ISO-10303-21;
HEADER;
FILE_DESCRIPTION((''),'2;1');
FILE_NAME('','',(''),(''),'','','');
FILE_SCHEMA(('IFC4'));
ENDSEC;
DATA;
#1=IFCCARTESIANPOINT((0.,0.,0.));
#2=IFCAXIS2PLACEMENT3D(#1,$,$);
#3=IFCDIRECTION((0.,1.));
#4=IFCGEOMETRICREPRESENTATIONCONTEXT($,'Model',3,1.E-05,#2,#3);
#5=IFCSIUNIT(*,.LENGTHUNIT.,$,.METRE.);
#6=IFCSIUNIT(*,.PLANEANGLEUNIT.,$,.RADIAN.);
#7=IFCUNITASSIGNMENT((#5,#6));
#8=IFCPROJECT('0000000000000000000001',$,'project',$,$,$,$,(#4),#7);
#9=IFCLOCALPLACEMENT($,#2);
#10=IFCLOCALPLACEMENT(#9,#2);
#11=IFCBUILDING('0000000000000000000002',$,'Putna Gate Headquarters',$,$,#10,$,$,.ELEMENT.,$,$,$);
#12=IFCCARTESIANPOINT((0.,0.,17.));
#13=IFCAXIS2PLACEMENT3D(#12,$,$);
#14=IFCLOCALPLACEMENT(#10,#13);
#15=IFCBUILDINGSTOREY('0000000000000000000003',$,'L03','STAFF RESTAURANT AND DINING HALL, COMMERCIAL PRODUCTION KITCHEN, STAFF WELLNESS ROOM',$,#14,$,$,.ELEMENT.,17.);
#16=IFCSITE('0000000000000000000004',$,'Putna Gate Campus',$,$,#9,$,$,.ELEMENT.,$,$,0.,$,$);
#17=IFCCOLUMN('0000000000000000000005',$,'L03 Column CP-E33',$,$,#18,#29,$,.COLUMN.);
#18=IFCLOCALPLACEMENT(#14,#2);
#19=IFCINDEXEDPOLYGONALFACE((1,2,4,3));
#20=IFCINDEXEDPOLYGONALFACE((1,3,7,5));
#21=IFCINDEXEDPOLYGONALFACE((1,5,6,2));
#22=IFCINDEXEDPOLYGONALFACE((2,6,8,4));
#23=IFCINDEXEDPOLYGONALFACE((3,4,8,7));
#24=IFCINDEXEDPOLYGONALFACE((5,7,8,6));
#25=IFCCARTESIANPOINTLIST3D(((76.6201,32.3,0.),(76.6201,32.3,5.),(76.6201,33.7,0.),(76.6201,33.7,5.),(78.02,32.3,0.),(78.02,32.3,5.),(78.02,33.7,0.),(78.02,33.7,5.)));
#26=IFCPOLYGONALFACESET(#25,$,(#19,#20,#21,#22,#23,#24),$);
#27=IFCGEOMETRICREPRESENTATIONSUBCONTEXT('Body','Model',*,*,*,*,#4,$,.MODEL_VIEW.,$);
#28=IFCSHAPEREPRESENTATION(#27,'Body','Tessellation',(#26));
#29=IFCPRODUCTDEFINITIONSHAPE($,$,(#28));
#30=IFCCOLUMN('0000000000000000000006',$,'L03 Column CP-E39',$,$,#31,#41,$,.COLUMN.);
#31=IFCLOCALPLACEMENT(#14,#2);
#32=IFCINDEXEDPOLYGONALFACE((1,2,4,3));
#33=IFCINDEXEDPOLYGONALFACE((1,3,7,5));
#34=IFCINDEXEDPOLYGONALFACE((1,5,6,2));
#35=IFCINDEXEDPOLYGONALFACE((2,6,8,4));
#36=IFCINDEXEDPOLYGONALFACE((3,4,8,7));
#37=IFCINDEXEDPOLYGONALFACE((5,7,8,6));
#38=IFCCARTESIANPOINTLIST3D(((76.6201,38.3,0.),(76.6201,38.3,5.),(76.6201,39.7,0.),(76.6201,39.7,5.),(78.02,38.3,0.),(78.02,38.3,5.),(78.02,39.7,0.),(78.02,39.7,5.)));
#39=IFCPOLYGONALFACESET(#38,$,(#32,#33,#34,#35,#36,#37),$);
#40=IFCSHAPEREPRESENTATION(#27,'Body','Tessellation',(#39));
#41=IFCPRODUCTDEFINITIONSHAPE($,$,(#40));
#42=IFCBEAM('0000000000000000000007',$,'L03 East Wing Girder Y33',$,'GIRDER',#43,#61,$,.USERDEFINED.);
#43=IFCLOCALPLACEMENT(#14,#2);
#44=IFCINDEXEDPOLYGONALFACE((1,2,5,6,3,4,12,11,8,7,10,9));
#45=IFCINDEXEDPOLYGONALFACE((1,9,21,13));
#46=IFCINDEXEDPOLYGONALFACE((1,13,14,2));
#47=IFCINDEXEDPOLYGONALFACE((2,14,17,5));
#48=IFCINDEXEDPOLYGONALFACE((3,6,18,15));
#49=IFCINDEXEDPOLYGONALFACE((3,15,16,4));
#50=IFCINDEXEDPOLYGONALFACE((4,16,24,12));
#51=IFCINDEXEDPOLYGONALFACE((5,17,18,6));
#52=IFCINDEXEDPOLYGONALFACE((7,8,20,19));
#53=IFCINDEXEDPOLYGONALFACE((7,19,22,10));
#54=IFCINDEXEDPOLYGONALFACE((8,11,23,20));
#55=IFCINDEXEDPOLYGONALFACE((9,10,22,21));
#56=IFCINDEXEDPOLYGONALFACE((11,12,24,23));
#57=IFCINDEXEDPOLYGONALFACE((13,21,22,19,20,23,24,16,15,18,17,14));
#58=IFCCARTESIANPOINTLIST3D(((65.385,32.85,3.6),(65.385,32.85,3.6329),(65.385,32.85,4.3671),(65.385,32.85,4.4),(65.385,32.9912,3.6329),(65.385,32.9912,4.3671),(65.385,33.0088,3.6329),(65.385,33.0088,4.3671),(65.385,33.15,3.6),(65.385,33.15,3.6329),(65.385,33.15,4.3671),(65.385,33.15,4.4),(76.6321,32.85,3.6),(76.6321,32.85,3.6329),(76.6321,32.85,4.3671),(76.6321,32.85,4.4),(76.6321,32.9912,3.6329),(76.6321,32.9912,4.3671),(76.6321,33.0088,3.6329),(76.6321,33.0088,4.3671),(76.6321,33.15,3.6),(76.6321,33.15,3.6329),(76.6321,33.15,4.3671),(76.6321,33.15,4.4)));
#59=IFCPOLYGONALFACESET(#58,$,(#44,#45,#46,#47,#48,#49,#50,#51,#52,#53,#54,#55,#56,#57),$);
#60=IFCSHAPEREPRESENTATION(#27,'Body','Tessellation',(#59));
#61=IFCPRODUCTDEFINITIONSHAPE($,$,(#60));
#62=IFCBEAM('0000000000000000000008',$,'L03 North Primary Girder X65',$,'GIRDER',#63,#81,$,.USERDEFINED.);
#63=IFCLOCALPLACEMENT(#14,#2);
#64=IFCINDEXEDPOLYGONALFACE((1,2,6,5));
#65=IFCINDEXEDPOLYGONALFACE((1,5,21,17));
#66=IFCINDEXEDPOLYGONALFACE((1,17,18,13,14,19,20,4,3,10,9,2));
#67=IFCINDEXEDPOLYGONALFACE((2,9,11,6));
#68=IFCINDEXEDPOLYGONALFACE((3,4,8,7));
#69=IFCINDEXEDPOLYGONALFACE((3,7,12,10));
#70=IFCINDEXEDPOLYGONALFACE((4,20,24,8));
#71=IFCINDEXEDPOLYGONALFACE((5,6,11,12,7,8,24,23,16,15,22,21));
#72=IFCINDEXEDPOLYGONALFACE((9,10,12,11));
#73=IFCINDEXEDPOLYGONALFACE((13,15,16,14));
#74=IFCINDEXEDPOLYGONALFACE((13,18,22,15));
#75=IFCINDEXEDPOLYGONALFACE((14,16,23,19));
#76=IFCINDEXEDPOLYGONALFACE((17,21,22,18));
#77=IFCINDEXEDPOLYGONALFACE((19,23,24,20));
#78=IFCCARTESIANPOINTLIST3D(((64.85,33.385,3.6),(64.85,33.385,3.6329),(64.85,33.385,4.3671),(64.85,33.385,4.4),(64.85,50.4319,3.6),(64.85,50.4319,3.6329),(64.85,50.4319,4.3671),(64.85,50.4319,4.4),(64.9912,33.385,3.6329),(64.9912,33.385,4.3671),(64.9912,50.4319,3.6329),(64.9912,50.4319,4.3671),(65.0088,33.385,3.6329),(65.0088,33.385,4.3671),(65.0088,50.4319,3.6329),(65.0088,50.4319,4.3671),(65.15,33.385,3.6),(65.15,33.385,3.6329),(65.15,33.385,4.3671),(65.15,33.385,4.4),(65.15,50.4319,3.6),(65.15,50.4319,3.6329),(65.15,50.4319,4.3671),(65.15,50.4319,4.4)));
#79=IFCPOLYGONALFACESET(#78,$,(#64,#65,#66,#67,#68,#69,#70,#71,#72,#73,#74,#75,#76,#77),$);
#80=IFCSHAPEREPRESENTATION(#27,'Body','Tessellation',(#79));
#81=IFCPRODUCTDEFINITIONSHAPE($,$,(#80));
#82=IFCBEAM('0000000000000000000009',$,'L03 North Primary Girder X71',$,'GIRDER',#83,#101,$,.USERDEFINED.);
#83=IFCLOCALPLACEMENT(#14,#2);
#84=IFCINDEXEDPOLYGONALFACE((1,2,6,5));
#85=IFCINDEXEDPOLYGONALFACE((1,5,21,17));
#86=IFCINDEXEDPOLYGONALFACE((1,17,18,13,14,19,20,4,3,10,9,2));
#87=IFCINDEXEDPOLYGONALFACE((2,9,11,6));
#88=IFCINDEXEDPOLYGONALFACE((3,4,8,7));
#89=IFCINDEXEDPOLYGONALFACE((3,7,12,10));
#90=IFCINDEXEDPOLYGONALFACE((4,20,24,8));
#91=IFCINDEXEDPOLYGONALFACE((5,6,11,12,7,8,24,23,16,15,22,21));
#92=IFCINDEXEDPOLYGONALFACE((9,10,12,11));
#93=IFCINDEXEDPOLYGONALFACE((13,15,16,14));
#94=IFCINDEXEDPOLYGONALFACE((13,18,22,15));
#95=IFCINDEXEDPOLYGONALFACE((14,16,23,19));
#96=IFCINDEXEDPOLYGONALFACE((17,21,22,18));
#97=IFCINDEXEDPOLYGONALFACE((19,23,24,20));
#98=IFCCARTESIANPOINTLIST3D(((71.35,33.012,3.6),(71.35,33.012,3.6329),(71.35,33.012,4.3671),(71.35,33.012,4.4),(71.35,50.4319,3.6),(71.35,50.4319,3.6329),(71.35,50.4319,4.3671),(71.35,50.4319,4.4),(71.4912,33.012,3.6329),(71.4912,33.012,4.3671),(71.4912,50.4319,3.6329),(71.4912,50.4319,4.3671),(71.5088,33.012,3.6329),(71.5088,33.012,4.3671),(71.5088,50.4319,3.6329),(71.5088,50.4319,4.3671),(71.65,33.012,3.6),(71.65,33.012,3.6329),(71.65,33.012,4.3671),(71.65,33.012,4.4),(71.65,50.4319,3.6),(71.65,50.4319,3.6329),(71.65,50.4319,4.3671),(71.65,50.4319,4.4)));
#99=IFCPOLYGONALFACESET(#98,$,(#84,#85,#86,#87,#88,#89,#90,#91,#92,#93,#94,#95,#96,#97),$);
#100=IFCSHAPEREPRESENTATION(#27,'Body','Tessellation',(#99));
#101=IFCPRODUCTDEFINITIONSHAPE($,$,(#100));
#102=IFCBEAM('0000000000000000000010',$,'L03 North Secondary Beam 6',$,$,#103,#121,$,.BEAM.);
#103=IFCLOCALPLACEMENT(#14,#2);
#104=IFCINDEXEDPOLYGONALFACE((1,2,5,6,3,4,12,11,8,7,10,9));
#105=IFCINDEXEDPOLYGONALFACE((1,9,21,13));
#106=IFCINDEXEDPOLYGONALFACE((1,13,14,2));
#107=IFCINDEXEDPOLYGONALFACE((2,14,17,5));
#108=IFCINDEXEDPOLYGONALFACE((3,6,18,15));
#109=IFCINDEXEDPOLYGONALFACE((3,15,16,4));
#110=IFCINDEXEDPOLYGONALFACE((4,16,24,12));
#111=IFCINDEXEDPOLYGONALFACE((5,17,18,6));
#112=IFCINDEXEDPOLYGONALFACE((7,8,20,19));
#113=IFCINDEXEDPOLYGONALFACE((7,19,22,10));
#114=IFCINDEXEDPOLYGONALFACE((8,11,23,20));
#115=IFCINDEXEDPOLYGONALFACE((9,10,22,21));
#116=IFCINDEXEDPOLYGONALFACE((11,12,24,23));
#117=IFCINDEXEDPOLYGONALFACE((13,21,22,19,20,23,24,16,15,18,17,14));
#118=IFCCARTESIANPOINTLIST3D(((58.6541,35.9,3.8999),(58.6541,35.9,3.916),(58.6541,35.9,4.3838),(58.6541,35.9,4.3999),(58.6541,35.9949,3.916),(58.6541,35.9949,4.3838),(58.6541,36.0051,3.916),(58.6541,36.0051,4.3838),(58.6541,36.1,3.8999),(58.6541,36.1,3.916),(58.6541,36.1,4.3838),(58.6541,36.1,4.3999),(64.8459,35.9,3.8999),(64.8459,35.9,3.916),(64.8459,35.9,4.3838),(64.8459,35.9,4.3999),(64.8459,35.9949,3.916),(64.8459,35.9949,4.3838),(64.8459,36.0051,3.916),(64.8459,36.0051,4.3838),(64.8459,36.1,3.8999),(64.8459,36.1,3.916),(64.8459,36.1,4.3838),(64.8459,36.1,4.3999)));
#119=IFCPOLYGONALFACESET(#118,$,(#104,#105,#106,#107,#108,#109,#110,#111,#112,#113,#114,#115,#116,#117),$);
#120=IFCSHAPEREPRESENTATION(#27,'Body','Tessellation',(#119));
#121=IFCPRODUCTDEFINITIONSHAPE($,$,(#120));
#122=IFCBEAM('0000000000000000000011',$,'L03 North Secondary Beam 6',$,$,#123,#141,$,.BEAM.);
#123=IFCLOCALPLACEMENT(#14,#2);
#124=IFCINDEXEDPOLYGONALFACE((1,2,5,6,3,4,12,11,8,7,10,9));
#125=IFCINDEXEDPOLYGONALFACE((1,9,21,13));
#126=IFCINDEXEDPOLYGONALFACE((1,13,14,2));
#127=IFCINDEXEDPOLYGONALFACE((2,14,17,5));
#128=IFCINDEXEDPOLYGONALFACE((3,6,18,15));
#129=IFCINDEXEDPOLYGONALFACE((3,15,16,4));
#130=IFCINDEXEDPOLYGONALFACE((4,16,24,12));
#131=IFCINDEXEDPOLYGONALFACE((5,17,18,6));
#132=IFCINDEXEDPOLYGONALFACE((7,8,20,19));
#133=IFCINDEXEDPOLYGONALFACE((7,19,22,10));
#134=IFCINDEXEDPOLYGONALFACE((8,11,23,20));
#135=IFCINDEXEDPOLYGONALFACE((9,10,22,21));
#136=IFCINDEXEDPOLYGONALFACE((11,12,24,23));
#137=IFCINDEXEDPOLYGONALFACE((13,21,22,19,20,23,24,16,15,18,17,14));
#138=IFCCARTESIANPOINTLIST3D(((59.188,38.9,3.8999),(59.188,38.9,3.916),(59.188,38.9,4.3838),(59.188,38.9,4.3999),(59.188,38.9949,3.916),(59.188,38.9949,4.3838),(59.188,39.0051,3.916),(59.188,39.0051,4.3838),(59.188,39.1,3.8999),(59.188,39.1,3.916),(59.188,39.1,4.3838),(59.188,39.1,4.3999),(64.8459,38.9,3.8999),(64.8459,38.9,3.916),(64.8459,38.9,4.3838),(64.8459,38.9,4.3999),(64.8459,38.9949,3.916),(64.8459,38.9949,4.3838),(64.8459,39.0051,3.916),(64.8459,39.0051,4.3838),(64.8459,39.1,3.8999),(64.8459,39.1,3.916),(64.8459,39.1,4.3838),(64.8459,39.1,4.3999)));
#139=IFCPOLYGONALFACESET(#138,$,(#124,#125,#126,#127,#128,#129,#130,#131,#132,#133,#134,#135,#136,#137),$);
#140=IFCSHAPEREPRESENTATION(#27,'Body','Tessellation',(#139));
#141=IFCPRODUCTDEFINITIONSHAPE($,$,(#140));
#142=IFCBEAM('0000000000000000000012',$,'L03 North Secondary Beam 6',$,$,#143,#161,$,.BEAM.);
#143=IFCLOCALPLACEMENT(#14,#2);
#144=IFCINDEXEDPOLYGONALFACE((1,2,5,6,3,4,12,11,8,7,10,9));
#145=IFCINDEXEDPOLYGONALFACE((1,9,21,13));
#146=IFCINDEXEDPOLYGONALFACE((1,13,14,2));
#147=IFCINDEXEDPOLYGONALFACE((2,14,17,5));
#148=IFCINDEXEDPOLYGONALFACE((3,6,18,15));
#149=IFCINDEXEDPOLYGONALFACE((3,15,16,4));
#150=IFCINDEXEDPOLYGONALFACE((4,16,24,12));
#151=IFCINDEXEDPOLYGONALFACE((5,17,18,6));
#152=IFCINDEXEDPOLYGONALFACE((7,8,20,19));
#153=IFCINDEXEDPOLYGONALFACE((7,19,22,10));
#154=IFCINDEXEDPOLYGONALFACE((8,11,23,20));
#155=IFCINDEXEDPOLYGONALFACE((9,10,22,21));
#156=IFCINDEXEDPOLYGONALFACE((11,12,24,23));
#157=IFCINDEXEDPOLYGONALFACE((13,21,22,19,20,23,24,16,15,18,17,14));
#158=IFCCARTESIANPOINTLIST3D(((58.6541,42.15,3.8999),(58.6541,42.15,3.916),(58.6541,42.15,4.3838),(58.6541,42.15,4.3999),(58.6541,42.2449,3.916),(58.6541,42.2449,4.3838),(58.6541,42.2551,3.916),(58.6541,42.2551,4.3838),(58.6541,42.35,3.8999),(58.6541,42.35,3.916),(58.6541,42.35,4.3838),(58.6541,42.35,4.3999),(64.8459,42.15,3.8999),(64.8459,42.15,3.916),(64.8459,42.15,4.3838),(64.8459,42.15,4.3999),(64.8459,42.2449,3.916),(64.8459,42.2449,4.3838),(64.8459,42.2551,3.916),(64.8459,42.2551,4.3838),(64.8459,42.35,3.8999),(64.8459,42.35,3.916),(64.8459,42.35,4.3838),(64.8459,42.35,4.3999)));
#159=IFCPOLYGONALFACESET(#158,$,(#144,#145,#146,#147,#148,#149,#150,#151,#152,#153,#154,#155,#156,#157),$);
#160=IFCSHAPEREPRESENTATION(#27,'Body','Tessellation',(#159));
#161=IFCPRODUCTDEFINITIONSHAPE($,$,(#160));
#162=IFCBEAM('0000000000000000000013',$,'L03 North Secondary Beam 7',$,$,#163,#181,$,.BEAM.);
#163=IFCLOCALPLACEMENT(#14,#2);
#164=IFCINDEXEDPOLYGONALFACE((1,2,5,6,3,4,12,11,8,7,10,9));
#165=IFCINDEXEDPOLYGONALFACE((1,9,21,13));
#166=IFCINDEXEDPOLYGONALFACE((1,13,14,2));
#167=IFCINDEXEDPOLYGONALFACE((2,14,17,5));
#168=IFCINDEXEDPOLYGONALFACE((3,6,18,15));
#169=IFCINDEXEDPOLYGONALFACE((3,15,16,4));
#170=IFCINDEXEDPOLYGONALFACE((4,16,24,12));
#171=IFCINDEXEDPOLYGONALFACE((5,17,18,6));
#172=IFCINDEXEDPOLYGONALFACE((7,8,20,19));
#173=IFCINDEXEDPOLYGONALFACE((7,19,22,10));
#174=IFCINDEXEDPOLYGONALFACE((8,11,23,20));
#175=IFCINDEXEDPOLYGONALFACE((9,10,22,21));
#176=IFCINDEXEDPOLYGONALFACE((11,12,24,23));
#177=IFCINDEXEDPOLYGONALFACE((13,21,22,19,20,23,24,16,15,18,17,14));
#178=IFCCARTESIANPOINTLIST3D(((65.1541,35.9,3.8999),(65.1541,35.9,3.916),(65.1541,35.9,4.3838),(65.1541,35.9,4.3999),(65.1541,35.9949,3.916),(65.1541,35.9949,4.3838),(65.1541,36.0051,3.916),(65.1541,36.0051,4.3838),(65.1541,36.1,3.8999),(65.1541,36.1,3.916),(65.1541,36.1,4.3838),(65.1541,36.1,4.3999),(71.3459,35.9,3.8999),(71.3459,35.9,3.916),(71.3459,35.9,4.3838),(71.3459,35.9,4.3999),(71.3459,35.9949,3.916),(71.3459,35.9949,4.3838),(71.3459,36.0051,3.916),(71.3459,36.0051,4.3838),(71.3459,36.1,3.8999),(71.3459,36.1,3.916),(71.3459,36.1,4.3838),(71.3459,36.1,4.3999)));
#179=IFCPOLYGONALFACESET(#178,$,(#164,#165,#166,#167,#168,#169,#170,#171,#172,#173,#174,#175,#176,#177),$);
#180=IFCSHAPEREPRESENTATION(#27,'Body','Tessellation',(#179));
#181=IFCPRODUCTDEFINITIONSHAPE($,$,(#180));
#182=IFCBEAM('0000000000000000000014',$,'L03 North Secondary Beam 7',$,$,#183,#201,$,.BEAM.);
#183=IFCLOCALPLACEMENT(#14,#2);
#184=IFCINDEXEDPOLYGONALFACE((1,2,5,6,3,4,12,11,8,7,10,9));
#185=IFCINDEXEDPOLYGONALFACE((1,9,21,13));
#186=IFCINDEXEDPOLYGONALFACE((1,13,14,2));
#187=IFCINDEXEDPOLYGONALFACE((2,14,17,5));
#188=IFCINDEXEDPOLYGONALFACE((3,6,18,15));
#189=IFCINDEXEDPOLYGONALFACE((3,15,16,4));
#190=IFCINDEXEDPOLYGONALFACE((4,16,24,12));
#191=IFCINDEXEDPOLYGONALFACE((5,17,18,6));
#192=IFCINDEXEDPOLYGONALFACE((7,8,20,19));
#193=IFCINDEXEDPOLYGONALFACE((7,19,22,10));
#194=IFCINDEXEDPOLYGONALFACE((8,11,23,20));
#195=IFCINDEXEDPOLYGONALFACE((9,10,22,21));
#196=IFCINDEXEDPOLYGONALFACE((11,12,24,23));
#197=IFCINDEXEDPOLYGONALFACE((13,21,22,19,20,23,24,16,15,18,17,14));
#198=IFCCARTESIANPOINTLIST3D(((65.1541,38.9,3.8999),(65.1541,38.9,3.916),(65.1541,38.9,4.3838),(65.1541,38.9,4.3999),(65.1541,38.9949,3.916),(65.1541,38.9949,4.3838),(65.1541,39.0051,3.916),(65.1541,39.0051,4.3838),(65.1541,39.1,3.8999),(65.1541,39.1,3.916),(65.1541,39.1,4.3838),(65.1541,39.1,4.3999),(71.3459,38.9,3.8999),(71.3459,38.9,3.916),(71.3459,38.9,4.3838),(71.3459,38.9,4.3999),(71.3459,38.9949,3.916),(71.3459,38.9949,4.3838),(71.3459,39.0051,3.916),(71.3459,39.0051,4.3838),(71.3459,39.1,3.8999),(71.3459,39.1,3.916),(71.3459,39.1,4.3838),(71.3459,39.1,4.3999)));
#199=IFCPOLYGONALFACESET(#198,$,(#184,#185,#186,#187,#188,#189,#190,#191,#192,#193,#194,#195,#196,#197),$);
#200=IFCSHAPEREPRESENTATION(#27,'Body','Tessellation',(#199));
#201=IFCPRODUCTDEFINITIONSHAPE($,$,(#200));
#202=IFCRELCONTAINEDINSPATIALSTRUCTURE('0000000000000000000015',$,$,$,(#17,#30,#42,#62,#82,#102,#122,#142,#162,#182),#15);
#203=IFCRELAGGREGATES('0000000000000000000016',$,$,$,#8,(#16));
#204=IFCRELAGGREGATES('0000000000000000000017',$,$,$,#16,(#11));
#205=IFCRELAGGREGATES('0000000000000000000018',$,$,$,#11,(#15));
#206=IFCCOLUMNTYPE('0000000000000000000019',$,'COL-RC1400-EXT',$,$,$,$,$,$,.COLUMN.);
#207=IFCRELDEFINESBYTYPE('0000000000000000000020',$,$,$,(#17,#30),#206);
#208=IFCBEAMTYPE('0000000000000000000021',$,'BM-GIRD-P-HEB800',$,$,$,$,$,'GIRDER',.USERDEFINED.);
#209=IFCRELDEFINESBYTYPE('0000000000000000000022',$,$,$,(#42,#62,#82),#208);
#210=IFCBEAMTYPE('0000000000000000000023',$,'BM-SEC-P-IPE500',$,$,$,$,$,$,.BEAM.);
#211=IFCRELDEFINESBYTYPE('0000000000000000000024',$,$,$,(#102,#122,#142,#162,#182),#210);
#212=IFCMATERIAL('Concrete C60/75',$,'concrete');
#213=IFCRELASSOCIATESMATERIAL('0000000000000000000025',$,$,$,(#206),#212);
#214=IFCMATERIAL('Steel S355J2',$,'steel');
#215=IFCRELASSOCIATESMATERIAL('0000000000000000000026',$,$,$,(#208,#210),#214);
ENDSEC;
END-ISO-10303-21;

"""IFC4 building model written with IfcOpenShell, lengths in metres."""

from ifc_helpers import new_model, si_unit, direction, frame, origin, origin_2d, place, context, subcontext, project, spatial, rectangle, i_section, extrude, material, material_profile, profile_set, type_object, element, save


model = new_model("IFC4")

# Units and contexts
model_context = context("Model", 3, precision=1e-05, world=origin(), true_north=direction((0.0, 1.0)))
body_context = subcontext(model_context, "Body", "Model", "MODEL_VIEW")
ifc_project = project(units=[si_unit("LENGTHUNIT", "METRE"), si_unit("PLANEANGLEUNIT", "RADIAN")], contexts=[model_context])

# Site, building, storey
site_placement = place(None, origin())
site = spatial("IfcSite", under=ifc_project, at=site_placement, Name="Putna Gate Campus", CompositionType="ELEMENT", RefElevation=0.0)
building_placement = place(site_placement, origin())
building = spatial("IfcBuilding", under=site, at=building_placement, Name="Putna Gate Headquarters", CompositionType="ELEMENT")
storey_placement = place(building_placement, frame((0.0, 0.0, 17.0)))
storey = spatial("IfcBuildingStorey", under=building, at=storey_placement, Name="L03", Description="STAFF RESTAURANT AND DINING HALL, COMMERCIAL PRODUCTION KITCHEN, STAFF WELLNESS ROOM", CompositionType="ELEMENT", Elevation=17.0)

# Columns
ifc_material_1 = material(Name="Concrete C60/75", Category="concrete")
ifc_material_profile_1 = material_profile(ifc_material_1, rectangle(XDim=1.3999, YDim=1.3999, at=origin_2d()), Name="Concrete C60/75")
ifc_profile_set_1 = profile_set([ifc_material_profile_1], Name="Concrete C60/75")
column_type = type_object("IfcColumnType", Name="COL-RC1400-EXT", PredefinedType="COLUMN", material=ifc_profile_set_1)
for number, where, z_axis, x_axis, name in (
    (1, (77.3201, 33.0, 0.0), (0.0, 0.0, 1.0), (1.0, 0.0, 0.0), "L03 Column CP-E33"),
    (2, (77.3201, 39.0, 0.0), (0.0, 0.0, 1.0), (1.0, 0.0, 0.0), "L03 Column CP-E39"),
):
    element("IfcColumn", number, at=place(storey_placement, frame(where, z_axis=z_axis, x_axis=x_axis)), inside=storey, type_object=column_type, Name=name, PredefinedType="COLUMN", context=body_context, shape_type="SweptSolid", body=[
        extrude(rectangle(XDim=1.3999, YDim=1.3999, at=origin_2d()), origin(), (0.0, 0.0, 1.0), 5.0),
    ])

# Beams
ifc_material_2 = material(Name="Steel S355J2", Category="steel")
ifc_material_profile_2 = material_profile(ifc_material_2, i_section(OverallWidth=0.3, OverallDepth=0.8, WebThickness=0.0176, FlangeThickness=0.033, at=origin_2d()), Name="Steel S355J2")
ifc_profile_set_2 = profile_set([ifc_material_profile_2], Name="Steel S355J2")
beam_type_1 = type_object("IfcBeamType", Name="BM-GIRD-P-HEB800", ElementType="GIRDER", PredefinedType="USERDEFINED", material=ifc_profile_set_2)
beam_1_placement = place(storey_placement, frame((65.385, 33.0, 4.0), z_axis=(1.0, 0.0, 0.0), x_axis=(0.0, 1.0, 0.0)))
element("IfcBeam", 3, at=beam_1_placement, inside=storey, type_object=beam_type_1, Name="L03 East Wing Girder Y33", ObjectType="GIRDER", PredefinedType="USERDEFINED", context=body_context, shape_type="SweptSolid", body=[
    extrude(i_section(OverallWidth=0.3, OverallDepth=0.8, WebThickness=0.0176, FlangeThickness=0.033, at=origin_2d()), origin(), (0.0, 0.0, 1.0), 11.2471),
])
beam_2_placement = place(storey_placement, frame((65.0, 33.385, 4.0), z_axis=(0.0, 1.0, 0.0), x_axis=(-1.0, 0.0, 0.0)))
element("IfcBeam", 4, at=beam_2_placement, inside=storey, type_object=beam_type_1, Name="L03 North Primary Girder X65", ObjectType="GIRDER", PredefinedType="USERDEFINED", context=body_context, shape_type="SweptSolid", body=[
    extrude(i_section(OverallWidth=0.3, OverallDepth=0.8, WebThickness=0.0176, FlangeThickness=0.033, at=origin_2d()), origin(), (0.0, 0.0, 1.0), 17.0469),
])
beam_3_placement = place(storey_placement, frame((71.5, 33.012, 4.0), z_axis=(0.0, 1.0, 0.0), x_axis=(-1.0, 0.0, 0.0)))
element("IfcBeam", 5, at=beam_3_placement, inside=storey, type_object=beam_type_1, Name="L03 North Primary Girder X71", ObjectType="GIRDER", PredefinedType="USERDEFINED", context=body_context, shape_type="SweptSolid", body=[
    extrude(i_section(OverallWidth=0.3, OverallDepth=0.8, WebThickness=0.0176, FlangeThickness=0.033, at=origin_2d()), origin(), (0.0, 0.0, 1.0), 17.4199),
])
ifc_material_profile_3 = material_profile(ifc_material_2, i_section(OverallWidth=0.2, OverallDepth=0.5, WebThickness=0.0103, FlangeThickness=0.0161, at=origin_2d()), Name="Steel S355J2")
ifc_profile_set_3 = profile_set([ifc_material_profile_3], Name="Steel S355J2")
beam_type_2 = type_object("IfcBeamType", Name="BM-SEC-P-IPE500", PredefinedType="BEAM", material=ifc_profile_set_3)
beam_4_placement = place(storey_placement, frame((58.6541, 36.0, 4.1499), z_axis=(1.0, 0.0, 0.0), x_axis=(0.0, 1.0, 0.0)))
element("IfcBeam", 6, at=beam_4_placement, inside=storey, type_object=beam_type_2, Name="L03 North Secondary Beam 6", PredefinedType="BEAM", context=body_context, shape_type="SweptSolid", body=[
    extrude(i_section(OverallWidth=0.2, OverallDepth=0.5, WebThickness=0.0103, FlangeThickness=0.0161, at=origin_2d()), origin(), (0.0, 0.0, 1.0), 6.1919),
])
beam_5_placement = place(storey_placement, frame((59.188, 39.0, 4.1499), z_axis=(1.0, 0.0, 0.0), x_axis=(0.0, 1.0, 0.0)))
element("IfcBeam", 7, at=beam_5_placement, inside=storey, type_object=beam_type_2, Name="L03 North Secondary Beam 6", PredefinedType="BEAM", context=body_context, shape_type="SweptSolid", body=[
    extrude(i_section(OverallWidth=0.2, OverallDepth=0.5, WebThickness=0.0103, FlangeThickness=0.0161, at=origin_2d()), origin(), (0.0, 0.0, 1.0), 5.658),
])
for number, where, z_axis, x_axis, name in (
    (8, (58.6541, 42.25, 4.1499), (1.0, 0.0, 0.0), (0.0, 1.0, 0.0), "L03 North Secondary Beam 6"),
    (9, (65.1541, 36.0, 4.1499), (1.0, 0.0, 0.0), (0.0, 1.0, 0.0), "L03 North Secondary Beam 7"),
    (10, (65.1541, 39.0, 4.1499), (1.0, 0.0, 0.0), (0.0, 1.0, 0.0), "L03 North Secondary Beam 7"),
):
    element("IfcBeam", number, at=place(storey_placement, frame(where, z_axis=z_axis, x_axis=x_axis)), inside=storey, type_object=beam_type_2, Name=name, PredefinedType="BEAM", context=body_context, shape_type="SweptSolid", body=[
        extrude(i_section(OverallWidth=0.2, OverallDepth=0.5, WebThickness=0.0103, FlangeThickness=0.0161, at=origin_2d()), origin(), (0.0, 0.0, 1.0), 6.1919),
    ])

save(model, "model.ifc")
